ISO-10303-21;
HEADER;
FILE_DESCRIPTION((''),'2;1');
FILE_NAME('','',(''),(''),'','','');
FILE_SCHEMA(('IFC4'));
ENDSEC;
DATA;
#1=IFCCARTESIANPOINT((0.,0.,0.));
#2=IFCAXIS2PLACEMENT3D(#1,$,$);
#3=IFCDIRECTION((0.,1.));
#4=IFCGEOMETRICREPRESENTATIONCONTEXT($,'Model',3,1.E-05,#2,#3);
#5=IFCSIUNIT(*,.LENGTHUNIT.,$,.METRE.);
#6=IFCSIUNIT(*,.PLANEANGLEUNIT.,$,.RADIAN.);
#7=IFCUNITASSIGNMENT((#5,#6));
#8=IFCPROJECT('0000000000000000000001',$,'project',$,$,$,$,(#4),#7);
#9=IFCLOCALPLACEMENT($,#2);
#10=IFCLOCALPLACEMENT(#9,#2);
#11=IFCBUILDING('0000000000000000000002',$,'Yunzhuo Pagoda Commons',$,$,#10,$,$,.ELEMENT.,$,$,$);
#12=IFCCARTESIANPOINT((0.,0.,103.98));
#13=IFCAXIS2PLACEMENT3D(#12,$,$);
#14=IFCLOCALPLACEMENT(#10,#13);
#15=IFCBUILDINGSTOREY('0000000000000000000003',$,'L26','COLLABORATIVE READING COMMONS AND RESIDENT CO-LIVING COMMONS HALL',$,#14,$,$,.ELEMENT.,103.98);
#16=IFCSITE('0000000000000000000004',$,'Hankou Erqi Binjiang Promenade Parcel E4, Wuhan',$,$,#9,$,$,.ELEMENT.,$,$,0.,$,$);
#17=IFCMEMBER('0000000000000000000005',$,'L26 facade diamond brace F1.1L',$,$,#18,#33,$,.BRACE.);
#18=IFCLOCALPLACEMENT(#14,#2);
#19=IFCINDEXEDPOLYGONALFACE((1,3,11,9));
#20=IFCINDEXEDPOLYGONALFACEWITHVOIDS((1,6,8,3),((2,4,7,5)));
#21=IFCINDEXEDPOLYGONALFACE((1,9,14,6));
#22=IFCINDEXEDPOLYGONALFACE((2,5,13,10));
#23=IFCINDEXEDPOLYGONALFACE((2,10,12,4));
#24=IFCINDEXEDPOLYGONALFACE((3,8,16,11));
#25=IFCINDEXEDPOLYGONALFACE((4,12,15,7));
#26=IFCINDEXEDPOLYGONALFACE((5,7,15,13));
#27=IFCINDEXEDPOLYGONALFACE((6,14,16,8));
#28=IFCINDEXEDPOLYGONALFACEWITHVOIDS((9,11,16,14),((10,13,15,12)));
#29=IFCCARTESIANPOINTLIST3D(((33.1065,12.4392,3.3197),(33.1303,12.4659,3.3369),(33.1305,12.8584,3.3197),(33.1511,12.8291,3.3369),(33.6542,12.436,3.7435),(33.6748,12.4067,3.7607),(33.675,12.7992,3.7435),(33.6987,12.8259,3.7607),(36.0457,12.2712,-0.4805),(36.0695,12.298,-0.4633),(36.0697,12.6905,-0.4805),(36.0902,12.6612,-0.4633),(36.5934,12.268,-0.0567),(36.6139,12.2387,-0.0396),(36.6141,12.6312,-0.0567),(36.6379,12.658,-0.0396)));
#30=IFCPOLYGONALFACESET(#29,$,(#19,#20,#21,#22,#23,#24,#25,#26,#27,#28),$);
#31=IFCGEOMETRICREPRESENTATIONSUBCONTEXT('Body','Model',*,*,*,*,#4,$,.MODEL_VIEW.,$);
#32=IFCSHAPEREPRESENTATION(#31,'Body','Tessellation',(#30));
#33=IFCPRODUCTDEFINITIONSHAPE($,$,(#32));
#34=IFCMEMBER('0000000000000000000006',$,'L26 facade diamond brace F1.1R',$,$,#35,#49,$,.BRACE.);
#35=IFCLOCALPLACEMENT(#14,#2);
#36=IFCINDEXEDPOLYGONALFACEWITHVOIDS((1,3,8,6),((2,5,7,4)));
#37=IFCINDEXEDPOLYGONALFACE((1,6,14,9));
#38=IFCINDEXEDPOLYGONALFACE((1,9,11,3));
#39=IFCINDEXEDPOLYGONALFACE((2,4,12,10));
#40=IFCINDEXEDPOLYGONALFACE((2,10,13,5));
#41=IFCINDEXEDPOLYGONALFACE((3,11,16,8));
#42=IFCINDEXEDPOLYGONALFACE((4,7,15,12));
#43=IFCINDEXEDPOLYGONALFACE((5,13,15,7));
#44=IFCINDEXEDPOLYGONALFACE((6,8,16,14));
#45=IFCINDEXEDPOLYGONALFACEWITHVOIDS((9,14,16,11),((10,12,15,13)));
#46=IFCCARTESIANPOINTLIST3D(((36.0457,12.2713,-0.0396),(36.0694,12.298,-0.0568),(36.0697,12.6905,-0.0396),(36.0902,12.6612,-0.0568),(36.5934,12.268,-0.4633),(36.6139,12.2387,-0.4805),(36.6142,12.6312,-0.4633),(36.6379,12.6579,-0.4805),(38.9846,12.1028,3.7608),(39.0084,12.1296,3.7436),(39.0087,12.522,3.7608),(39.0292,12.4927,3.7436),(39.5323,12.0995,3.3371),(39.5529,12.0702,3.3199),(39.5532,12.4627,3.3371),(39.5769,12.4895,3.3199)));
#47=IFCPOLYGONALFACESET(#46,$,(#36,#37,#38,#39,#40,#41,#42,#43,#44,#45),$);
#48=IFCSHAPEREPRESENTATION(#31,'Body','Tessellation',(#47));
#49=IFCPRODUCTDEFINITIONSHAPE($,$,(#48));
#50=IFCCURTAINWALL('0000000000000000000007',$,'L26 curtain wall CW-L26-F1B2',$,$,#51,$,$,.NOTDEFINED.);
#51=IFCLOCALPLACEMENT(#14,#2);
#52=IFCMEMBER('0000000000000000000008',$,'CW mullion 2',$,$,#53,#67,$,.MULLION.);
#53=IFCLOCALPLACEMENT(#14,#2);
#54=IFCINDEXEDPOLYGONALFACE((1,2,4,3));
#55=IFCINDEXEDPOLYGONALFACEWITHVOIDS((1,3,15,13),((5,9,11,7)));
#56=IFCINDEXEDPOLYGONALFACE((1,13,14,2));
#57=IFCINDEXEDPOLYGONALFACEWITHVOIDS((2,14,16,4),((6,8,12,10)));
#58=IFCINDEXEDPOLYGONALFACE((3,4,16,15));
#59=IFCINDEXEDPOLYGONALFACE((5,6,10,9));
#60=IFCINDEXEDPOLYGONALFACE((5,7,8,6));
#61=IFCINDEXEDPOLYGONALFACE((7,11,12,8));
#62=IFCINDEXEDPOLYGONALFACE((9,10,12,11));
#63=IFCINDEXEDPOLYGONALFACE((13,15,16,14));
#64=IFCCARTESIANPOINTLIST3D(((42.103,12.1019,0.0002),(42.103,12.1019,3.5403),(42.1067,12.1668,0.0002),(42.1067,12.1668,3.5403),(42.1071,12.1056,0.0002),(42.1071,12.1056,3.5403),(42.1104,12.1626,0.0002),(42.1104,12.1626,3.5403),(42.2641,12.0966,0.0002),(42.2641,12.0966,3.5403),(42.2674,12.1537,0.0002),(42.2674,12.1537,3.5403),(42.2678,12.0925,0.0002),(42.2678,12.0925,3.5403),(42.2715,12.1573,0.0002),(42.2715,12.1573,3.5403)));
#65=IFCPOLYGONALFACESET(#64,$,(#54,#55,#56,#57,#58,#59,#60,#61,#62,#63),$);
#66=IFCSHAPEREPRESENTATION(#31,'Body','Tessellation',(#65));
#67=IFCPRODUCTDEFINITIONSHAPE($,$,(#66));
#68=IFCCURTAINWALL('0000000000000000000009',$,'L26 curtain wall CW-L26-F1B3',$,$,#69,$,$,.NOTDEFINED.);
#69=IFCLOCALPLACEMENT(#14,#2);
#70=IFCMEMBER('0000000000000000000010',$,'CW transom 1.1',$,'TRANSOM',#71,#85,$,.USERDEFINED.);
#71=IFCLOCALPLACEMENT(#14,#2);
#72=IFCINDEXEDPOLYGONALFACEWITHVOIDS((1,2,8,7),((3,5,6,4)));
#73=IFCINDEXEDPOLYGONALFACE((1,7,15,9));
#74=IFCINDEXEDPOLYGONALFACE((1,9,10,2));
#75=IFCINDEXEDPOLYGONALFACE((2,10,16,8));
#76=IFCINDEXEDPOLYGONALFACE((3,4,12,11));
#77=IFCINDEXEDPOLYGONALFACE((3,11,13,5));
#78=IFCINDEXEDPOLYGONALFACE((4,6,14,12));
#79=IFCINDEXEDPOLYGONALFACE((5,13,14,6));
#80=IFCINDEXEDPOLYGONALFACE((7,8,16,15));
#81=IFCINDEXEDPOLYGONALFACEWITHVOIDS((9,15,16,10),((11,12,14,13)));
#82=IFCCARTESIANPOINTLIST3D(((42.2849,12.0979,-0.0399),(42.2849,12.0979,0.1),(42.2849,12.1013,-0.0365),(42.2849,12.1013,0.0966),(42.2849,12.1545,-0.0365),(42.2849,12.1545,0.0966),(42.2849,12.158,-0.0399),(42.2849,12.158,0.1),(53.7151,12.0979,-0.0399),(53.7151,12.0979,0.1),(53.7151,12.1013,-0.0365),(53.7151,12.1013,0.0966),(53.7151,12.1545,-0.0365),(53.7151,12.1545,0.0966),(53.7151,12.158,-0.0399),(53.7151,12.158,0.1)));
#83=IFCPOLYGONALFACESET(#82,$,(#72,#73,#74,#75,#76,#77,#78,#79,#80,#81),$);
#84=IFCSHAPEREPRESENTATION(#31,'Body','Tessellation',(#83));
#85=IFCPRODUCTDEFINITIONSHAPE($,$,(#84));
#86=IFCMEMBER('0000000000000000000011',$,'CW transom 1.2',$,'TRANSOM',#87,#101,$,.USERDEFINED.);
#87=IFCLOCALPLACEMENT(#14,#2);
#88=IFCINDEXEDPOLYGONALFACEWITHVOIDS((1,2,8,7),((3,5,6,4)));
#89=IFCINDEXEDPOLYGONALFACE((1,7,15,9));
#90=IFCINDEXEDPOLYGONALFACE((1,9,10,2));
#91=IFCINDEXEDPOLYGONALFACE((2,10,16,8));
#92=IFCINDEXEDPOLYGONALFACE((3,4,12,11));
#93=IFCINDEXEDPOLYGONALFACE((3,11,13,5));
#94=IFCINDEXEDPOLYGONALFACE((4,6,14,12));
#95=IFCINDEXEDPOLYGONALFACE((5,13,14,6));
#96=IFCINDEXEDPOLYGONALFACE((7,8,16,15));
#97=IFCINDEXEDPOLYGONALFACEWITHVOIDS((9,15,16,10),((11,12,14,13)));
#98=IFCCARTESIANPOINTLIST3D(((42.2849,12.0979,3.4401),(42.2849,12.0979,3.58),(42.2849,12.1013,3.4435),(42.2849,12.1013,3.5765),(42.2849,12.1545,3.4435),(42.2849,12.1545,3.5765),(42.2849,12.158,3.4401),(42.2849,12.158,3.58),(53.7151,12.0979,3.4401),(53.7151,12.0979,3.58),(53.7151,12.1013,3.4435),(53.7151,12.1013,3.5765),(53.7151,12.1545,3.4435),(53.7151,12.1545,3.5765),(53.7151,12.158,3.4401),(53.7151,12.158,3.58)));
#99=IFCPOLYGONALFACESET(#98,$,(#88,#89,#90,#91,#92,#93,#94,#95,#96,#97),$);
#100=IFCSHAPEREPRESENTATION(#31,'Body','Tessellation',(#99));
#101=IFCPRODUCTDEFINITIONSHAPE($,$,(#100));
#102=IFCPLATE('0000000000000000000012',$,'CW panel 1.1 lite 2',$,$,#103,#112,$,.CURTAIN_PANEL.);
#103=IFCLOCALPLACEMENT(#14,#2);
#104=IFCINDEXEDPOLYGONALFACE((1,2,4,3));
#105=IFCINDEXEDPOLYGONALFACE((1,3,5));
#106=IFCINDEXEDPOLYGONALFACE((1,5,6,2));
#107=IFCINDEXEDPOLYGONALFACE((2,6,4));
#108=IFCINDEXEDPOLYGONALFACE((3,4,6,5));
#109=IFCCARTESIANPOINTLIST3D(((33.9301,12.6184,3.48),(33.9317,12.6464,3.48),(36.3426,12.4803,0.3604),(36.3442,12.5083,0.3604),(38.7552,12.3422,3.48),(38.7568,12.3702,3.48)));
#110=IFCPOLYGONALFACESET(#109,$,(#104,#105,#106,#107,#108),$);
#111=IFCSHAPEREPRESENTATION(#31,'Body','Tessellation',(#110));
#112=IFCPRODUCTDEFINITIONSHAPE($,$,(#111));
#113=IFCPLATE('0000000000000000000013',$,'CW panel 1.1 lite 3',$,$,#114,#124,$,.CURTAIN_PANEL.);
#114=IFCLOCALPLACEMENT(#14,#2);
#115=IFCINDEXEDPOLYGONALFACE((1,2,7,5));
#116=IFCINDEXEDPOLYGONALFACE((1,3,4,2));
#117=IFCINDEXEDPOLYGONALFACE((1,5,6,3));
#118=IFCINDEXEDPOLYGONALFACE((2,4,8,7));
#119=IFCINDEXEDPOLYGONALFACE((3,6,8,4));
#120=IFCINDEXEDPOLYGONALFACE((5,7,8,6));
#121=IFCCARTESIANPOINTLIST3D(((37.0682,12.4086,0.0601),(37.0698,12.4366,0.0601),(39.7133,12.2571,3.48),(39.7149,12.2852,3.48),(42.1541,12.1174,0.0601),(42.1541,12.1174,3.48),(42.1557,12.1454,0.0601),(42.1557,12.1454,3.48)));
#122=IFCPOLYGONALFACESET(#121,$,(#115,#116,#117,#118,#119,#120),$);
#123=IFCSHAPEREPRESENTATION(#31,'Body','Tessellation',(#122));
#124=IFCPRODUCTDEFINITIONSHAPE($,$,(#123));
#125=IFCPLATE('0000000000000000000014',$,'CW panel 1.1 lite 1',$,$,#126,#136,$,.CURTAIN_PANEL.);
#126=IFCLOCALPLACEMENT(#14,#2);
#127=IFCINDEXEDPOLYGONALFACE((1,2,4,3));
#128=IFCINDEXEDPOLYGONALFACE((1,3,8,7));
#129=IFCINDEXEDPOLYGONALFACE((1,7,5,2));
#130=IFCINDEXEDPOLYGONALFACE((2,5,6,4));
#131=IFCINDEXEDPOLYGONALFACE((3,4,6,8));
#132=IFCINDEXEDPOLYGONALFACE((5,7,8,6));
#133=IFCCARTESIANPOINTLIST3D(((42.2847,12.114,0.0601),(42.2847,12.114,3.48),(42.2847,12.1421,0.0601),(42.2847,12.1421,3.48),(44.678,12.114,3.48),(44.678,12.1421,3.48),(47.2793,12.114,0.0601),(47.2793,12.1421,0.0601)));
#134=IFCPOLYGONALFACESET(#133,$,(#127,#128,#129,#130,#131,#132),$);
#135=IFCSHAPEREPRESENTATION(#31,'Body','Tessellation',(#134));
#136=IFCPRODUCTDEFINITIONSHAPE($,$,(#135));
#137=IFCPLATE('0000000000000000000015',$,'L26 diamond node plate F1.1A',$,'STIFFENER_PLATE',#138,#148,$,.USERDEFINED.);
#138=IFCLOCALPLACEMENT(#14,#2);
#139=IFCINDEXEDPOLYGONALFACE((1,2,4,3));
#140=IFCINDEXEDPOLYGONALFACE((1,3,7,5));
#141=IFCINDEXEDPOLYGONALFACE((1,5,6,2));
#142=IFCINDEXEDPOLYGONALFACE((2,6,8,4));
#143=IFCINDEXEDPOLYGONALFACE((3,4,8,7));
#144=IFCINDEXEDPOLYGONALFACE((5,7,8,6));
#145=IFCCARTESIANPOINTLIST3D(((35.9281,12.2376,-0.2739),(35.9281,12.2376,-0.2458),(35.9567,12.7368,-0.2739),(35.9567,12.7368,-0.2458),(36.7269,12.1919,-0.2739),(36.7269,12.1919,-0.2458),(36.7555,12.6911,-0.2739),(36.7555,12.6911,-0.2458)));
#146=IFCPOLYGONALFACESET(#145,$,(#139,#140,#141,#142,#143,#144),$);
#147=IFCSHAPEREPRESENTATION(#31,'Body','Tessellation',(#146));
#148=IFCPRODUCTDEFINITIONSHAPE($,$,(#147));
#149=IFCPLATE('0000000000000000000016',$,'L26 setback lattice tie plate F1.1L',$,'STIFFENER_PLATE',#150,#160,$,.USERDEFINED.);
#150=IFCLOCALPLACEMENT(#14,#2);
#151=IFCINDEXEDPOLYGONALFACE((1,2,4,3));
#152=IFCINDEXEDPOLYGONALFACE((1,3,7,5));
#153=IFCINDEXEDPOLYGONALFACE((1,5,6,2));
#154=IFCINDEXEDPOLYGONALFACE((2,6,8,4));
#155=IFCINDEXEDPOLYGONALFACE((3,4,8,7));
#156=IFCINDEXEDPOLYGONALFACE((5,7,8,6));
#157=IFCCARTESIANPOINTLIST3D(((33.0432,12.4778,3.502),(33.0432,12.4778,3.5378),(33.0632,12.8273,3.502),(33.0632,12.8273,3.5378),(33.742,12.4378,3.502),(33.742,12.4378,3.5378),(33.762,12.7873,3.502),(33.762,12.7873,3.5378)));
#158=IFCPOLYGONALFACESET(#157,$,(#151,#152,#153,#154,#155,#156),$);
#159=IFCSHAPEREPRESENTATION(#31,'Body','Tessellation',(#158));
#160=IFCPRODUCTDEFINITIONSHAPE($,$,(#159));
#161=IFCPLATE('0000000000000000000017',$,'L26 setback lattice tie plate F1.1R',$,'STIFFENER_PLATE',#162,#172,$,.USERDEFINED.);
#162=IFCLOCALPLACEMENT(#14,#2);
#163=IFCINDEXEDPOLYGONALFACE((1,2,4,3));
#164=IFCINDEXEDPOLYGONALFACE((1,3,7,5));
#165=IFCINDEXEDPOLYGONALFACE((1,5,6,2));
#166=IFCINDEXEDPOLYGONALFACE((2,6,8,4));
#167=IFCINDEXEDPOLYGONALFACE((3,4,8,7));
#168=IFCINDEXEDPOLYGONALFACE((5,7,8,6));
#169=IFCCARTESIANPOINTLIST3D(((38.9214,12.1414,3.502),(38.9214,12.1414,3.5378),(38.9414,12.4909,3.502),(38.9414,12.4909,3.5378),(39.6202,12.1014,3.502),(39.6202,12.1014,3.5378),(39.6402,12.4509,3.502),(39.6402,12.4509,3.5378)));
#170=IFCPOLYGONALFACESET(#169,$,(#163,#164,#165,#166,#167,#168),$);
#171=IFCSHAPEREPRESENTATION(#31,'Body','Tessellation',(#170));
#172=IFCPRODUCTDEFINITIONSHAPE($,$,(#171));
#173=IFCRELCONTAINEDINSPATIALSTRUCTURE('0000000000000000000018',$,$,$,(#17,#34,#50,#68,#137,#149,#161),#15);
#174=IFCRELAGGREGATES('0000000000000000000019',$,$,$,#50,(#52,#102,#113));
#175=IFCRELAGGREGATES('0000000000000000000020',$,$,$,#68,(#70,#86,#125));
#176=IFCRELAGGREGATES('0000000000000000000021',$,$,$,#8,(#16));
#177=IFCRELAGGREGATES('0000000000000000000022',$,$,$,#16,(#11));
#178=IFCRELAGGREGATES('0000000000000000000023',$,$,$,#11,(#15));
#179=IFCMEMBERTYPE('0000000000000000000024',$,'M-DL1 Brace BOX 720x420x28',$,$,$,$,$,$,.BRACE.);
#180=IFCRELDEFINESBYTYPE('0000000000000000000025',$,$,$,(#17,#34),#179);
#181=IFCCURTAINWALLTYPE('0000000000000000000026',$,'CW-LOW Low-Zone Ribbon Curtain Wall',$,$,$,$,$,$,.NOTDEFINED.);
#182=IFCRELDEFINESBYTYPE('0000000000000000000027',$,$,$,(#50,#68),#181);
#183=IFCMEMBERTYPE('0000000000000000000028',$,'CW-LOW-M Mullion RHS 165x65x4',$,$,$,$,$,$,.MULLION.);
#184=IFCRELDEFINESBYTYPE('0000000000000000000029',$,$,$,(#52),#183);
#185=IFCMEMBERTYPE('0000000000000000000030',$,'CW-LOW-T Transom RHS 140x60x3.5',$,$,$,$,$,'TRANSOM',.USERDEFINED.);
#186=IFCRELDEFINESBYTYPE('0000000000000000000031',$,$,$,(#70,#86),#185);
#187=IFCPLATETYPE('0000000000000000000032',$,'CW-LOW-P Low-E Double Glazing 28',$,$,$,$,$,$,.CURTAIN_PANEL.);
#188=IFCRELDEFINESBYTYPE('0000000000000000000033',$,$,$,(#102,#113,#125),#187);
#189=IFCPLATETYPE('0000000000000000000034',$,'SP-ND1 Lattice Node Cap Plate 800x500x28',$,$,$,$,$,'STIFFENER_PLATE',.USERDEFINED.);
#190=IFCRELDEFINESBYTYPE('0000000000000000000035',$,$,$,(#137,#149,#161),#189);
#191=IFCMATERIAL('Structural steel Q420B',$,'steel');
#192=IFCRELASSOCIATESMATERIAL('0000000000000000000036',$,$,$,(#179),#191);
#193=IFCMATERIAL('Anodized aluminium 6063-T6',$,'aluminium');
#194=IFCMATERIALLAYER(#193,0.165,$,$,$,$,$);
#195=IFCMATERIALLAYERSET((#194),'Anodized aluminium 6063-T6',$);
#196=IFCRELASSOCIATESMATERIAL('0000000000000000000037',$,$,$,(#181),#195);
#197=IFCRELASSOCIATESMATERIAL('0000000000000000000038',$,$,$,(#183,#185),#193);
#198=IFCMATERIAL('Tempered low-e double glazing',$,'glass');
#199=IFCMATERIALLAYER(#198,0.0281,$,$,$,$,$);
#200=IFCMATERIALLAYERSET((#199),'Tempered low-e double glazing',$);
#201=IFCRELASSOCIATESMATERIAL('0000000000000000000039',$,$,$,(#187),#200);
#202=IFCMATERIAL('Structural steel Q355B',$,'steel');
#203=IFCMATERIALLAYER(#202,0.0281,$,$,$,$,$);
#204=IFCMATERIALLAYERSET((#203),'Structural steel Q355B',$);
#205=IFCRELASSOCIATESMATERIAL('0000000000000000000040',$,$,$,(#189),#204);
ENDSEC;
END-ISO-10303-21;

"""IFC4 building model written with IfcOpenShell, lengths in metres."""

from ifc_helpers import new_model, si_unit, direction, frame, origin, origin_2d, place, context, subcontext, project, spatial, polyline, rectangle, hollow_rectangle, outline, extrude, source, transform, mapped, material, layer, layer_set, material_profile, profile_set, type_object, element, aggregate, save


model = new_model("IFC4")

# Units and contexts
model_context = context("Model", 3, precision=1e-05, world=origin(), true_north=direction((0.0, 1.0)))
body_context = subcontext(model_context, "Body", "Model", "MODEL_VIEW")
ifc_project = project(units=[si_unit("LENGTHUNIT", "METRE"), si_unit("PLANEANGLEUNIT", "RADIAN")], contexts=[model_context])

# Site, building, storey
site_placement = place(None, origin())
site = spatial("IfcSite", under=ifc_project, at=site_placement, Name="Hankou Erqi Binjiang Promenade Parcel E4, Wuhan", CompositionType="ELEMENT", RefElevation=0.0)
building_placement = place(site_placement, origin())
building = spatial("IfcBuilding", under=site, at=building_placement, Name="Yunzhuo Pagoda Commons", CompositionType="ELEMENT")
storey_placement = place(building_placement, frame((0.0, 0.0, 103.98)))
storey = spatial("IfcBuildingStorey", under=building, at=storey_placement, Name="L26", Description="COLLABORATIVE READING COMMONS AND RESIDENT CO-LIVING COMMONS HALL", CompositionType="ELEMENT", Elevation=103.98)

# Shared definitions
ifc_material_1 = material(Name="Structural steel Q420B", Category="steel")

# Shared definitions
ifc_material_2 = material(Name="Structural steel Q355B", Category="steel")

# Members
ifc_material_profile_1 = material_profile(ifc_material_1, hollow_rectangle(XDim=0.4199, YDim=0.72, WallThickness=0.0281, at=origin_2d()), Name="Structural steel Q420B")
ifc_profile_set_1 = profile_set([ifc_material_profile_1], Name="Structural steel Q420B")
member_type_1 = type_object("IfcMemberType", Name="M-DL1 Brace BOX 720x420x28", PredefinedType="BRACE", material=ifc_profile_set_1)
shared_shape_1 = source(origin(), body_context, "Body", "SweptSolid", [
    extrude(hollow_rectangle(XDim=0.4199, YDim=0.72, WallThickness=0.0281, at=origin_2d()), origin(), (0.0, 0.0, 1.0), 4.8071),
])
for number, where, z_axis, x_axis, name in (
    (1, (36.3418, 12.4646, -0.26), (-0.611415, 0.034941, 0.790538), (-0.057055, -0.998371, 0.0), "L26 facade diamond brace F1.1L"),
    (2, (36.3418, 12.4646, -0.26), (0.611381, -0.035043, 0.79056), (0.057225, 0.998361, 0.0), "L26 facade diamond brace F1.1R"),
):
    element("IfcMember", number, at=place(storey_placement, frame(where, z_axis=z_axis, x_axis=x_axis)), inside=storey, type_object=member_type_1, Name=name, PredefinedType="BRACE", context=body_context, shape_type="MappedRepresentation", body=[
        mapped(shared_shape_1, transform((0.0, 0.0, 0.0), scale=1.0)),
    ])

# Curtain wall, member
ifc_material_3 = material(Name="Anodized aluminium 6063-T6", Category="aluminium")
ifc_layer_1 = layer(ifc_material_3, 0.165)
ifc_layer_set_1 = layer_set([ifc_layer_1], Name="Anodized aluminium 6063-T6")
curtain_wall_type = type_object("IfcCurtainWallType", Name="CW-LOW Low-Zone Ribbon Curtain Wall", PredefinedType="NOTDEFINED", material=ifc_layer_set_1)
curtain_wall_1_placement = place(storey_placement, origin())
curtain_wall_1 = element("IfcCurtainWall", 3, at=curtain_wall_1_placement, inside=storey, type_object=curtain_wall_type, Name="L26 curtain wall CW-L26-F1B2", PredefinedType="NOTDEFINED")
ifc_material_profile_2 = material_profile(ifc_material_3, hollow_rectangle(XDim=0.0649, YDim=0.165, WallThickness=0.0039, at=origin_2d()), Name="Anodized aluminium 6063-T6")
ifc_profile_set_2 = profile_set([ifc_material_profile_2], Name="Anodized aluminium 6063-T6")
member_type_2 = type_object("IfcMemberType", Name="CW-LOW-M Mullion RHS 165x65x4", PredefinedType="MULLION", material=ifc_profile_set_2)
shared_shape_2 = source(origin(), body_context, "Body", "SweptSolid", [
    extrude(hollow_rectangle(XDim=0.0649, YDim=0.165, WallThickness=0.0039, at=origin_2d()), origin(), (0.0, 0.0, 1.0), 3.54),
])
member_1_placement = place(storey_placement, frame((42.1873, 12.1296, 0.0002), z_axis=(0.0, 0.0, 1.0), x_axis=(0.057153, 0.998365, 0.0)))
member_1 = element("IfcMember", 4, at=member_1_placement, type_object=member_type_2, Name="CW mullion 2", PredefinedType="MULLION", context=body_context, shape_type="MappedRepresentation", body=[
    mapped(shared_shape_2, transform((0.0, 0.0, 0.0), scale=1.0)),
])

# Curtain wall, members
curtain_wall_2_placement = place(storey_placement, origin())
curtain_wall_2 = element("IfcCurtainWall", 5, at=curtain_wall_2_placement, inside=storey, type_object=curtain_wall_type, Name="L26 curtain wall CW-L26-F1B3", PredefinedType="NOTDEFINED")
ifc_material_profile_3 = material_profile(ifc_material_3, hollow_rectangle(XDim=0.0601, YDim=0.1399, WallThickness=0.0034, at=origin_2d()), Name="Anodized aluminium 6063-T6")
ifc_profile_set_3 = profile_set([ifc_material_profile_3], Name="Anodized aluminium 6063-T6")
member_type_3 = type_object("IfcMemberType", Name="CW-LOW-T Transom RHS 140x60x3.5", ElementType="TRANSOM", PredefinedType="USERDEFINED", material=ifc_profile_set_3)
shared_shape_3 = source(origin(), body_context, "Body", "SweptSolid", [
    extrude(hollow_rectangle(XDim=0.0601, YDim=0.1399, WallThickness=0.0034, at=origin_2d()), origin(), (0.0, 0.0, 1.0), 11.4302),
])
member_2_placement = place(storey_placement, frame((42.2849, 12.1279, 0.03), z_axis=(1.0, 0.0, 0.0), x_axis=(0.0, 1.0, 0.0)))
member_2 = element("IfcMember", 6, at=member_2_placement, type_object=member_type_3, Name="CW transom 1.1", ObjectType="TRANSOM", PredefinedType="USERDEFINED", context=body_context, shape_type="MappedRepresentation", body=[
    mapped(shared_shape_3, transform((0.0, 0.0, 0.0), scale=1.0)),
])
member_3_placement = place(storey_placement, frame((42.2849, 12.1279, 3.51), z_axis=(1.0, 0.0, 0.0), x_axis=(0.0, 1.0, 0.0)))
member_3 = element("IfcMember", 7, at=member_3_placement, type_object=member_type_3, Name="CW transom 1.2", ObjectType="TRANSOM", PredefinedType="USERDEFINED", context=body_context, shape_type="MappedRepresentation", body=[
    mapped(shared_shape_3, transform((0.0, 0.0, 0.0), scale=1.0)),
])

# Plates
ifc_material_4 = material(Name="Tempered low-e double glazing", Category="glass")
ifc_layer_2 = layer(ifc_material_4, 0.0281)
ifc_layer_set_2 = layer_set([ifc_layer_2], Name="Tempered low-e double glazing")
plate_type_1 = type_object("IfcPlateType", Name="CW-LOW-P Low-E Double Glazing 28", PredefinedType="CURTAIN_PANEL", material=ifc_layer_set_2)
plate_1_placement = place(storey_placement, frame((36.3442, 12.5083, 1.9202), z_axis=(-0.057153, -0.998365, 0.0), x_axis=(0.998365, -0.057153, 0.0)))
plate_1 = element("IfcPlate", 8, at=plate_1_placement, type_object=plate_type_1, Name="CW panel 1.1 lite 2", PredefinedType="CURTAIN_PANEL", context=body_context, shape_type="SweptSolid", body=[
    extrude(outline(polyline([(-2.4165, 1.5598), (0.0, -1.5598), (2.4165, 1.5598), (-2.4165, 1.5598)])), origin(), (0.0, 0.0, 1.0), 0.0281),
])
plate_2_placement = place(storey_placement, frame((39.6128, 12.291, 1.77), z_axis=(-0.057153, -0.998365, 0.0), x_axis=(0.998365, -0.057153, 0.0)))
plate_2 = element("IfcPlate", 9, at=plate_2_placement, type_object=plate_type_1, Name="CW panel 1.1 lite 3", PredefinedType="CURTAIN_PANEL", context=body_context, shape_type="SweptSolid", body=[
    extrude(outline(polyline([(-2.5471, -1.71), (2.5471, -1.71), (2.5471, 1.71), (0.1023, 1.71), (-2.5471, -1.71)])), origin(), (0.0, 0.0, 1.0), 0.0281),
])
aggregate(curtain_wall_1, [member_1, plate_1, plate_2])
plate_3_placement = place(storey_placement, frame((44.782, 12.1421, 1.77), z_axis=(0.0, -1.0, 0.0), x_axis=(1.0, 0.0, 0.0)))
plate_3 = element("IfcPlate", 10, at=plate_3_placement, type_object=plate_type_1, Name="CW panel 1.1 lite 1", PredefinedType="CURTAIN_PANEL", context=body_context, shape_type="SweptSolid", body=[
    extrude(outline(polyline([(-2.4973, -1.71), (2.4973, -1.71), (-0.104, 1.71), (-2.4973, 1.71), (-2.4973, -1.71)])), origin(), (0.0, 0.0, 1.0), 0.0281),
])
aggregate(curtain_wall_2, [member_2, member_3, plate_3])

# Plates
ifc_layer_3 = layer(ifc_material_2, 0.0281)
ifc_layer_set_3 = layer_set([ifc_layer_3], Name="Structural steel Q355B")
plate_type_2 = type_object("IfcPlateType", Name="SP-ND1 Lattice Node Cap Plate 800x500x28", ElementType="STIFFENER_PLATE", PredefinedType="USERDEFINED", material=ifc_layer_set_3)
shared_shape_4 = source(origin(), body_context, "Body", "SweptSolid", [
    extrude(rectangle(XDim=0.8, YDim=0.5, at=origin_2d()), origin(), (0.0, 0.0, 1.0), 0.0281),
])
plate_4_placement = place(storey_placement, frame((36.3418, 12.4644, -0.2739), z_axis=(0.0, 0.0, 1.0), x_axis=(0.998366, -0.057146, 0.0)))
element("IfcPlate", 11, at=plate_4_placement, inside=storey, type_object=plate_type_2, Name="L26 diamond node plate F1.1A", ObjectType="STIFFENER_PLATE", PredefinedType="USERDEFINED", context=body_context, shape_type="MappedRepresentation", body=[
    mapped(shared_shape_4, transform((0.0, 0.0, 0.0), scale=1.0)),
])
shared_shape_5 = source(origin(), body_context, "Body", "SweptSolid", [
    extrude(rectangle(XDim=0.7, YDim=0.3501, at=origin_2d()), origin(), (0.0, 0.0, 1.0), 0.0359),
])
for number, where, z_axis, x_axis, name in (
    (12, (33.4026, 12.6326, 3.502), (0.0, 0.0, 1.0), (0.998366, -0.057146, 0.0), "L26 setback lattice tie plate F1.1L"),
    (13, (39.2808, 12.2961, 3.502), (0.0, 0.0, 1.0), (0.998366, -0.057146, 0.0), "L26 setback lattice tie plate F1.1R"),
):
    element("IfcPlate", number, at=place(storey_placement, frame(where, z_axis=z_axis, x_axis=x_axis)), inside=storey, type_object=plate_type_2, Name=name, ObjectType="STIFFENER_PLATE", PredefinedType="USERDEFINED", context=body_context, shape_type="MappedRepresentation", body=[
        mapped(shared_shape_5, transform((0.0, 0.0, 0.0), scale=1.0)),
    ])

save(model, "model.ifc")
